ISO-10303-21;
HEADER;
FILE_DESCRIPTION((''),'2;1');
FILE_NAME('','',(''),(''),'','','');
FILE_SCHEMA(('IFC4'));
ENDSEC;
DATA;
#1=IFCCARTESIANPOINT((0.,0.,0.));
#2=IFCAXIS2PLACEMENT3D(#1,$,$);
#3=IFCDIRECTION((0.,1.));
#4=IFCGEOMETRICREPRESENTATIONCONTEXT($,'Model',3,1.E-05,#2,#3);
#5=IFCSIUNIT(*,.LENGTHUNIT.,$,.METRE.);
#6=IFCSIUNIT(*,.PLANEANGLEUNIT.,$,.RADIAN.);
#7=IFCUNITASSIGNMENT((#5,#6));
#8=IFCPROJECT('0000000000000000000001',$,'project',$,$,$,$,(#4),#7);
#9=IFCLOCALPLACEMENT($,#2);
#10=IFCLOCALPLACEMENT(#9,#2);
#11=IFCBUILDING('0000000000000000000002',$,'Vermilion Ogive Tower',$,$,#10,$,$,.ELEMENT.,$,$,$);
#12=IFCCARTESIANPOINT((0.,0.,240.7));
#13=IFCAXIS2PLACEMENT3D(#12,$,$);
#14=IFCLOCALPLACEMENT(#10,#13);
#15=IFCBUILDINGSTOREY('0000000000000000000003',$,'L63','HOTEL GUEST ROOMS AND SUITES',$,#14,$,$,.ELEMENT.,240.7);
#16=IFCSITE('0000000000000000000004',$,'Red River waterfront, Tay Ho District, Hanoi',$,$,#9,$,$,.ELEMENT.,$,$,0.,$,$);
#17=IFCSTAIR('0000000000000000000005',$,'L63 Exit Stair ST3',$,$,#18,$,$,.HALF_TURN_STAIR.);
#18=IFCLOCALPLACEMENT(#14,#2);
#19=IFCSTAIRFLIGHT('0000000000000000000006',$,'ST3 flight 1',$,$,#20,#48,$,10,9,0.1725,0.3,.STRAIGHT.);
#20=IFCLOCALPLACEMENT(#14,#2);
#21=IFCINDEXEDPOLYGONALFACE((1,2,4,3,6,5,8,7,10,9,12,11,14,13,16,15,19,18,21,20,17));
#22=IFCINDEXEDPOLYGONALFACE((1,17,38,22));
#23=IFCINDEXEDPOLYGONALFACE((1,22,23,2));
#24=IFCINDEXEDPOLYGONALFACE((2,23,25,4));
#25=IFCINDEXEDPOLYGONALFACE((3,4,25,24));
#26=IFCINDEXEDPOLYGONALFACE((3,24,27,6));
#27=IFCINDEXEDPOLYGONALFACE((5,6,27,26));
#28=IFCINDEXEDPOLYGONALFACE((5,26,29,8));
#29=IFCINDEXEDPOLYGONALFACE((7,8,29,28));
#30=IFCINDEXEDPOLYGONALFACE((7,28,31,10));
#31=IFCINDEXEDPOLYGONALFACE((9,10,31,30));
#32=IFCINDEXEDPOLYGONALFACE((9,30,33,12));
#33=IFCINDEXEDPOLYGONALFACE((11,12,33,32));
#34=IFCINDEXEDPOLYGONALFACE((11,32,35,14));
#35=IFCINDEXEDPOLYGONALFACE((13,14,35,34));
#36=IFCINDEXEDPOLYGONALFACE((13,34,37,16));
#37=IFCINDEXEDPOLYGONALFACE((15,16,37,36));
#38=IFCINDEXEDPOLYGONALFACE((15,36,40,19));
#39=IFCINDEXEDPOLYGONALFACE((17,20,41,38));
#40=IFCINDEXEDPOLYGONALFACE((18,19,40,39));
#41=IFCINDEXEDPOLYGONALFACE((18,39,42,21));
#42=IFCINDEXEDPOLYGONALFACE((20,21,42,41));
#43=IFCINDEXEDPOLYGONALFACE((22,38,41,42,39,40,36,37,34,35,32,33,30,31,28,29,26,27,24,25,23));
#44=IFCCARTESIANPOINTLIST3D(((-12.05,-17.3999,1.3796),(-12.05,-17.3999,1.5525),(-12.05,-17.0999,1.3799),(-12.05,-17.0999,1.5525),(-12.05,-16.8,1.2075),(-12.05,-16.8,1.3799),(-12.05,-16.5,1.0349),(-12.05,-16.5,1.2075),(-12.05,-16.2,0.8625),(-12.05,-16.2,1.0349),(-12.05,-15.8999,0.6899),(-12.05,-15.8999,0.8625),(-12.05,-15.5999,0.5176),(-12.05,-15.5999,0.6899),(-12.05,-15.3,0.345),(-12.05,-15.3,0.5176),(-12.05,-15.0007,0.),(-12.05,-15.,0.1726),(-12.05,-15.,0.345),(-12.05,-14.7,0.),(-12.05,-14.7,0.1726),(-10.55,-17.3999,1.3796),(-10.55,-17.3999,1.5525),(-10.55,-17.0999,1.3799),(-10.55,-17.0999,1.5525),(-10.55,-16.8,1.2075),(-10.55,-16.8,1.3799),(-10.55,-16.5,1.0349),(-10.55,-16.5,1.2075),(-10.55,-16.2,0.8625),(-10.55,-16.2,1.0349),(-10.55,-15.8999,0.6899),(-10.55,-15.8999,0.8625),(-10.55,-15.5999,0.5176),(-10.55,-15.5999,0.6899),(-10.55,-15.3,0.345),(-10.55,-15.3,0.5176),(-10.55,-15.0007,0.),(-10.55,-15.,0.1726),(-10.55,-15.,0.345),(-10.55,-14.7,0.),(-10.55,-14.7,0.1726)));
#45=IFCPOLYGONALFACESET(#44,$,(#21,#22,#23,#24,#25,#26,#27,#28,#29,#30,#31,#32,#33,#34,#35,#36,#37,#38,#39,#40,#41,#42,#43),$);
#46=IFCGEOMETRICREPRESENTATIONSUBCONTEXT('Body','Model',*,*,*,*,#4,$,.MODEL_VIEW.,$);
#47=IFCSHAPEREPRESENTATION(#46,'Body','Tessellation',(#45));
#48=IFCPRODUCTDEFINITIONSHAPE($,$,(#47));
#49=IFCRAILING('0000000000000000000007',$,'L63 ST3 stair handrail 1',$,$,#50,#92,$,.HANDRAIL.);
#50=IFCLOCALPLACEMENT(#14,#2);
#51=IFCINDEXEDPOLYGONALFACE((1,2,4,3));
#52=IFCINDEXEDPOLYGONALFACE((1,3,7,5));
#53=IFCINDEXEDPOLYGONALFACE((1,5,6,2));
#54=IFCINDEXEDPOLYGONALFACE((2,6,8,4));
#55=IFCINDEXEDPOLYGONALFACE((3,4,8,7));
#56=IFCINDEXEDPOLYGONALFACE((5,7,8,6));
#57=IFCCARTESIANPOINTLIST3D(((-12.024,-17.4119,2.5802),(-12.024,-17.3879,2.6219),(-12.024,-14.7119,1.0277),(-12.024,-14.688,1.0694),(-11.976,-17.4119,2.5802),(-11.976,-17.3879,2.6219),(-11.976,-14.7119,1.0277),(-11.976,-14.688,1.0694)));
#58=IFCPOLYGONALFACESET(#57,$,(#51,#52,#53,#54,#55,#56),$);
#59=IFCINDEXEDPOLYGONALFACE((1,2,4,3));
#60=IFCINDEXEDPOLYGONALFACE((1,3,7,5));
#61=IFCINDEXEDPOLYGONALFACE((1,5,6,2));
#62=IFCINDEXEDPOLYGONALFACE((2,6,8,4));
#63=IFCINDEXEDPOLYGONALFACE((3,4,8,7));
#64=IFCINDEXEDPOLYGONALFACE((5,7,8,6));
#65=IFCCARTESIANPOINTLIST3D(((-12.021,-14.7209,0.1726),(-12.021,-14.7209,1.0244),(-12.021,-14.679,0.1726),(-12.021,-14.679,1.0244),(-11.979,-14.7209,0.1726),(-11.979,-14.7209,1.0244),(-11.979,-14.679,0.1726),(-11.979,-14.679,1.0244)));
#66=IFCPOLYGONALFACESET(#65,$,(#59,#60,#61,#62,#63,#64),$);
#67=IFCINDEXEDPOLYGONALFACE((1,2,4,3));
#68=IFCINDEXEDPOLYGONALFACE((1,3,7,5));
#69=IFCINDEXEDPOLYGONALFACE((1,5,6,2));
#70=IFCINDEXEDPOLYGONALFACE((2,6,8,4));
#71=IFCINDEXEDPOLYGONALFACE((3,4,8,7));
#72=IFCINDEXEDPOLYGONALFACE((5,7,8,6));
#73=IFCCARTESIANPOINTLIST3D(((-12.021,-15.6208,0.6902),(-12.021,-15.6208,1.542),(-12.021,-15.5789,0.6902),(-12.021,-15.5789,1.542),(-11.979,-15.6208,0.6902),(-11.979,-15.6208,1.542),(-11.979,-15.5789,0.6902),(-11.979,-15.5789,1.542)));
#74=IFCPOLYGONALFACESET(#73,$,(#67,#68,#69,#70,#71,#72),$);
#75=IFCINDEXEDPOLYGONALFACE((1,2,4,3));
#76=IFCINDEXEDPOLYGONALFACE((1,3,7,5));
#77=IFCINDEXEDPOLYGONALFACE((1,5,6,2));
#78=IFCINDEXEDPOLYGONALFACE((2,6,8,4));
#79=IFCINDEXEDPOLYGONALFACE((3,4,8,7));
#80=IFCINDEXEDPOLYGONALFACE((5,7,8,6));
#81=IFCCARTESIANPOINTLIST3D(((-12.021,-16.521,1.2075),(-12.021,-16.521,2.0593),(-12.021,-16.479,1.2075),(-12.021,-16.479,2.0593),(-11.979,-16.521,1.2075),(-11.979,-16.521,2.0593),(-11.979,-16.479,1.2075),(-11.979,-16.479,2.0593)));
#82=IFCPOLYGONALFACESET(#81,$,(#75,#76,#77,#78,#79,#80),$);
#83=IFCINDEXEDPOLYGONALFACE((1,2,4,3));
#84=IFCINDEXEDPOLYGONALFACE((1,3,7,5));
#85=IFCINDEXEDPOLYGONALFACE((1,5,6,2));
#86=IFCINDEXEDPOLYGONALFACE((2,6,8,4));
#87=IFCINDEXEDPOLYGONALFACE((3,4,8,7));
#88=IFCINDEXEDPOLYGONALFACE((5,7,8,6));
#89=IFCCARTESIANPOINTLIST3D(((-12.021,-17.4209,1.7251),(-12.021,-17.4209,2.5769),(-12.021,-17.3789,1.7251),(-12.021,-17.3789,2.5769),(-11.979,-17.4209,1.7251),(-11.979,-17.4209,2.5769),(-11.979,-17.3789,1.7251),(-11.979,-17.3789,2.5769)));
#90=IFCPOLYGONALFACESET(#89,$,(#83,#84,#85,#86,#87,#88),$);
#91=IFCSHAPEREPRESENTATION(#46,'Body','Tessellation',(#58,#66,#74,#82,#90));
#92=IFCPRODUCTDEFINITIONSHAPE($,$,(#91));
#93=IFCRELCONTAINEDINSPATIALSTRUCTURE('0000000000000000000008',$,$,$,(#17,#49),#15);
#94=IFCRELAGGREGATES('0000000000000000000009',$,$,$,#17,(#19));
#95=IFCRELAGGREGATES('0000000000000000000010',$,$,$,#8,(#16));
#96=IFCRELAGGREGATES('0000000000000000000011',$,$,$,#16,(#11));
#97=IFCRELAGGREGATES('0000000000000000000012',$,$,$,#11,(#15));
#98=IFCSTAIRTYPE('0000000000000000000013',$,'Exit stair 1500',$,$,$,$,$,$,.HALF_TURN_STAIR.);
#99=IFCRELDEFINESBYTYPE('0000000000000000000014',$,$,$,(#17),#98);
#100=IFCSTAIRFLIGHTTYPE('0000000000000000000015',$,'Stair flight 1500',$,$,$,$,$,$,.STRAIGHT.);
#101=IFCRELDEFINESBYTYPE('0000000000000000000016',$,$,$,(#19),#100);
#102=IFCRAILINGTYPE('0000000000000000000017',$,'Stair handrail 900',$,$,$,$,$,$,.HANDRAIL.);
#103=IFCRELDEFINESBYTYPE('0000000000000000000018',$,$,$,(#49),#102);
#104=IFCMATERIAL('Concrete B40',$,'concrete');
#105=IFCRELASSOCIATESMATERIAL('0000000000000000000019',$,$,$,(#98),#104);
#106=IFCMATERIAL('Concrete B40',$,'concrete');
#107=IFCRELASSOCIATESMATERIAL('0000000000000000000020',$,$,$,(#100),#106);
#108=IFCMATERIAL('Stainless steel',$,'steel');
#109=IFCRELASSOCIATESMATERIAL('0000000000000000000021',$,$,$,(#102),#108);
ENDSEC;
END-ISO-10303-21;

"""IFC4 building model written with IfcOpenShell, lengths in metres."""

from ifc_helpers import new_model, si_unit, direction, frame, origin, origin_2d, place, context, subcontext, project, spatial, polyline, rectangle, outline, extrude, material, type_object, element, aggregate, save


model = new_model("IFC4")

# Units and contexts
model_context = context("Model", 3, precision=1e-05, world=origin(), true_north=direction((0.0, 1.0)))
body_context = subcontext(model_context, "Body", "Model", "MODEL_VIEW")
ifc_project = project(units=[si_unit("LENGTHUNIT", "METRE"), si_unit("PLANEANGLEUNIT", "RADIAN")], contexts=[model_context])

# Site, building, storey
site_placement = place(None, origin())
site = spatial("IfcSite", under=ifc_project, at=site_placement, Name="Red River waterfront, Tay Ho District, Hanoi", CompositionType="ELEMENT", RefElevation=0.0)
building_placement = place(site_placement, origin())
building = spatial("IfcBuilding", under=site, at=building_placement, Name="Vermilion Ogive Tower", CompositionType="ELEMENT")
storey_placement = place(building_placement, frame((0.0, 0.0, 240.7)))
storey = spatial("IfcBuildingStorey", under=building, at=storey_placement, Name="L63", Description="HOTEL GUEST ROOMS AND SUITES", CompositionType="ELEMENT", Elevation=240.7)

# Stair, stair flight
ifc_material_1 = material(Name="Concrete B40", Category="concrete")
stair_type = type_object("IfcStairType", Name="Exit stair 1500", PredefinedType="HALF_TURN_STAIR", material=ifc_material_1)
stair_placement = place(storey_placement, origin())
stair = element("IfcStair", 1, at=stair_placement, inside=storey, type_object=stair_type, Name="L63 Exit Stair ST3", PredefinedType="HALF_TURN_STAIR")
ifc_material_2 = material(Name="Concrete B40", Category="concrete")
stair_flight_type = type_object("IfcStairFlightType", Name="Stair flight 1500", PredefinedType="STRAIGHT", material=ifc_material_2)
stair_flight_placement = place(storey_placement, frame((-11.3, -14.7, 0.0), z_axis=(0.0, 0.0, 1.0), x_axis=(0.0, -1.0, 0.0)))
stair_flight = element("IfcStairFlight", 2, at=stair_flight_placement, type_object=stair_flight_type, Name="ST3 flight 1", NumberOfRisers=10, NumberOfTreads=9, PredefinedType="STRAIGHT", RiserHeight=0.1725, TreadLength=0.3, context=body_context, shape_type="SweptSolid", body=[
    extrude(outline(polyline([(0.0, 0.0), (0.0, 0.1726), (0.3, 0.1726), (0.3, 0.345), (0.6001, 0.345), (0.6001, 0.5176), (0.8999, 0.5176), (0.8999, 0.6899), (1.2, 0.6899), (1.2, 0.8625), (1.5, 0.8625), (1.5, 1.0349), (1.8, 1.0349), (1.8, 1.2075), (2.1001, 1.2075), (2.1001, 1.3799), (2.3999, 1.3799), (2.3999, 1.5525), (2.7, 1.5525), (2.7, 1.7251), (2.7, 1.3796), (0.3008, 0.0), (0.0, 0.0)])), frame((0.0, 0.75, 0.0), z_axis=(0.0, -1.0, 0.0), x_axis=(1.0, 0.0, 0.0)), (0.0, 0.0, 1.0), 1.5),
])
aggregate(stair, [stair_flight])

# Railing
ifc_material_3 = material(Name="Stainless steel", Category="steel")
railing_type = type_object("IfcRailingType", Name="Stair handrail 900", PredefinedType="HANDRAIL", material=ifc_material_3)
railing_placement = place(storey_placement, frame((-12.0, -14.7, 0.1726)))
element("IfcRailing", 3, at=railing_placement, inside=storey, type_object=railing_type, Name="L63 ST3 stair handrail 1", PredefinedType="HANDRAIL", context=body_context, shape_type="SweptSolid", body=[
    extrude(rectangle(XDim=0.0481, YDim=0.0481, at=origin_2d()), frame((0.0, 0.0, 0.876), z_axis=(0.0, -0.866904, 0.498476), x_axis=(1.0, 0.0, 0.0)), (0.0, 0.0, 1.0), 3.1145),
    extrude(rectangle(XDim=0.042, YDim=0.042, at=origin_2d()), origin(), (0.0, 0.0, 1.0), 0.8518),
    extrude(rectangle(XDim=0.042, YDim=0.042, at=origin_2d()), frame((0.0, -0.8999, 0.5176)), (0.0, 0.0, 1.0), 0.8518),
    extrude(rectangle(XDim=0.042, YDim=0.042, at=origin_2d()), frame((0.0, -1.8, 1.0349)), (0.0, 0.0, 1.0), 0.8518),
    extrude(rectangle(XDim=0.042, YDim=0.042, at=origin_2d()), frame((0.0, -2.7, 1.5525)), (0.0, 0.0, 1.0), 0.8518),
])

save(model, "model.ifc")
